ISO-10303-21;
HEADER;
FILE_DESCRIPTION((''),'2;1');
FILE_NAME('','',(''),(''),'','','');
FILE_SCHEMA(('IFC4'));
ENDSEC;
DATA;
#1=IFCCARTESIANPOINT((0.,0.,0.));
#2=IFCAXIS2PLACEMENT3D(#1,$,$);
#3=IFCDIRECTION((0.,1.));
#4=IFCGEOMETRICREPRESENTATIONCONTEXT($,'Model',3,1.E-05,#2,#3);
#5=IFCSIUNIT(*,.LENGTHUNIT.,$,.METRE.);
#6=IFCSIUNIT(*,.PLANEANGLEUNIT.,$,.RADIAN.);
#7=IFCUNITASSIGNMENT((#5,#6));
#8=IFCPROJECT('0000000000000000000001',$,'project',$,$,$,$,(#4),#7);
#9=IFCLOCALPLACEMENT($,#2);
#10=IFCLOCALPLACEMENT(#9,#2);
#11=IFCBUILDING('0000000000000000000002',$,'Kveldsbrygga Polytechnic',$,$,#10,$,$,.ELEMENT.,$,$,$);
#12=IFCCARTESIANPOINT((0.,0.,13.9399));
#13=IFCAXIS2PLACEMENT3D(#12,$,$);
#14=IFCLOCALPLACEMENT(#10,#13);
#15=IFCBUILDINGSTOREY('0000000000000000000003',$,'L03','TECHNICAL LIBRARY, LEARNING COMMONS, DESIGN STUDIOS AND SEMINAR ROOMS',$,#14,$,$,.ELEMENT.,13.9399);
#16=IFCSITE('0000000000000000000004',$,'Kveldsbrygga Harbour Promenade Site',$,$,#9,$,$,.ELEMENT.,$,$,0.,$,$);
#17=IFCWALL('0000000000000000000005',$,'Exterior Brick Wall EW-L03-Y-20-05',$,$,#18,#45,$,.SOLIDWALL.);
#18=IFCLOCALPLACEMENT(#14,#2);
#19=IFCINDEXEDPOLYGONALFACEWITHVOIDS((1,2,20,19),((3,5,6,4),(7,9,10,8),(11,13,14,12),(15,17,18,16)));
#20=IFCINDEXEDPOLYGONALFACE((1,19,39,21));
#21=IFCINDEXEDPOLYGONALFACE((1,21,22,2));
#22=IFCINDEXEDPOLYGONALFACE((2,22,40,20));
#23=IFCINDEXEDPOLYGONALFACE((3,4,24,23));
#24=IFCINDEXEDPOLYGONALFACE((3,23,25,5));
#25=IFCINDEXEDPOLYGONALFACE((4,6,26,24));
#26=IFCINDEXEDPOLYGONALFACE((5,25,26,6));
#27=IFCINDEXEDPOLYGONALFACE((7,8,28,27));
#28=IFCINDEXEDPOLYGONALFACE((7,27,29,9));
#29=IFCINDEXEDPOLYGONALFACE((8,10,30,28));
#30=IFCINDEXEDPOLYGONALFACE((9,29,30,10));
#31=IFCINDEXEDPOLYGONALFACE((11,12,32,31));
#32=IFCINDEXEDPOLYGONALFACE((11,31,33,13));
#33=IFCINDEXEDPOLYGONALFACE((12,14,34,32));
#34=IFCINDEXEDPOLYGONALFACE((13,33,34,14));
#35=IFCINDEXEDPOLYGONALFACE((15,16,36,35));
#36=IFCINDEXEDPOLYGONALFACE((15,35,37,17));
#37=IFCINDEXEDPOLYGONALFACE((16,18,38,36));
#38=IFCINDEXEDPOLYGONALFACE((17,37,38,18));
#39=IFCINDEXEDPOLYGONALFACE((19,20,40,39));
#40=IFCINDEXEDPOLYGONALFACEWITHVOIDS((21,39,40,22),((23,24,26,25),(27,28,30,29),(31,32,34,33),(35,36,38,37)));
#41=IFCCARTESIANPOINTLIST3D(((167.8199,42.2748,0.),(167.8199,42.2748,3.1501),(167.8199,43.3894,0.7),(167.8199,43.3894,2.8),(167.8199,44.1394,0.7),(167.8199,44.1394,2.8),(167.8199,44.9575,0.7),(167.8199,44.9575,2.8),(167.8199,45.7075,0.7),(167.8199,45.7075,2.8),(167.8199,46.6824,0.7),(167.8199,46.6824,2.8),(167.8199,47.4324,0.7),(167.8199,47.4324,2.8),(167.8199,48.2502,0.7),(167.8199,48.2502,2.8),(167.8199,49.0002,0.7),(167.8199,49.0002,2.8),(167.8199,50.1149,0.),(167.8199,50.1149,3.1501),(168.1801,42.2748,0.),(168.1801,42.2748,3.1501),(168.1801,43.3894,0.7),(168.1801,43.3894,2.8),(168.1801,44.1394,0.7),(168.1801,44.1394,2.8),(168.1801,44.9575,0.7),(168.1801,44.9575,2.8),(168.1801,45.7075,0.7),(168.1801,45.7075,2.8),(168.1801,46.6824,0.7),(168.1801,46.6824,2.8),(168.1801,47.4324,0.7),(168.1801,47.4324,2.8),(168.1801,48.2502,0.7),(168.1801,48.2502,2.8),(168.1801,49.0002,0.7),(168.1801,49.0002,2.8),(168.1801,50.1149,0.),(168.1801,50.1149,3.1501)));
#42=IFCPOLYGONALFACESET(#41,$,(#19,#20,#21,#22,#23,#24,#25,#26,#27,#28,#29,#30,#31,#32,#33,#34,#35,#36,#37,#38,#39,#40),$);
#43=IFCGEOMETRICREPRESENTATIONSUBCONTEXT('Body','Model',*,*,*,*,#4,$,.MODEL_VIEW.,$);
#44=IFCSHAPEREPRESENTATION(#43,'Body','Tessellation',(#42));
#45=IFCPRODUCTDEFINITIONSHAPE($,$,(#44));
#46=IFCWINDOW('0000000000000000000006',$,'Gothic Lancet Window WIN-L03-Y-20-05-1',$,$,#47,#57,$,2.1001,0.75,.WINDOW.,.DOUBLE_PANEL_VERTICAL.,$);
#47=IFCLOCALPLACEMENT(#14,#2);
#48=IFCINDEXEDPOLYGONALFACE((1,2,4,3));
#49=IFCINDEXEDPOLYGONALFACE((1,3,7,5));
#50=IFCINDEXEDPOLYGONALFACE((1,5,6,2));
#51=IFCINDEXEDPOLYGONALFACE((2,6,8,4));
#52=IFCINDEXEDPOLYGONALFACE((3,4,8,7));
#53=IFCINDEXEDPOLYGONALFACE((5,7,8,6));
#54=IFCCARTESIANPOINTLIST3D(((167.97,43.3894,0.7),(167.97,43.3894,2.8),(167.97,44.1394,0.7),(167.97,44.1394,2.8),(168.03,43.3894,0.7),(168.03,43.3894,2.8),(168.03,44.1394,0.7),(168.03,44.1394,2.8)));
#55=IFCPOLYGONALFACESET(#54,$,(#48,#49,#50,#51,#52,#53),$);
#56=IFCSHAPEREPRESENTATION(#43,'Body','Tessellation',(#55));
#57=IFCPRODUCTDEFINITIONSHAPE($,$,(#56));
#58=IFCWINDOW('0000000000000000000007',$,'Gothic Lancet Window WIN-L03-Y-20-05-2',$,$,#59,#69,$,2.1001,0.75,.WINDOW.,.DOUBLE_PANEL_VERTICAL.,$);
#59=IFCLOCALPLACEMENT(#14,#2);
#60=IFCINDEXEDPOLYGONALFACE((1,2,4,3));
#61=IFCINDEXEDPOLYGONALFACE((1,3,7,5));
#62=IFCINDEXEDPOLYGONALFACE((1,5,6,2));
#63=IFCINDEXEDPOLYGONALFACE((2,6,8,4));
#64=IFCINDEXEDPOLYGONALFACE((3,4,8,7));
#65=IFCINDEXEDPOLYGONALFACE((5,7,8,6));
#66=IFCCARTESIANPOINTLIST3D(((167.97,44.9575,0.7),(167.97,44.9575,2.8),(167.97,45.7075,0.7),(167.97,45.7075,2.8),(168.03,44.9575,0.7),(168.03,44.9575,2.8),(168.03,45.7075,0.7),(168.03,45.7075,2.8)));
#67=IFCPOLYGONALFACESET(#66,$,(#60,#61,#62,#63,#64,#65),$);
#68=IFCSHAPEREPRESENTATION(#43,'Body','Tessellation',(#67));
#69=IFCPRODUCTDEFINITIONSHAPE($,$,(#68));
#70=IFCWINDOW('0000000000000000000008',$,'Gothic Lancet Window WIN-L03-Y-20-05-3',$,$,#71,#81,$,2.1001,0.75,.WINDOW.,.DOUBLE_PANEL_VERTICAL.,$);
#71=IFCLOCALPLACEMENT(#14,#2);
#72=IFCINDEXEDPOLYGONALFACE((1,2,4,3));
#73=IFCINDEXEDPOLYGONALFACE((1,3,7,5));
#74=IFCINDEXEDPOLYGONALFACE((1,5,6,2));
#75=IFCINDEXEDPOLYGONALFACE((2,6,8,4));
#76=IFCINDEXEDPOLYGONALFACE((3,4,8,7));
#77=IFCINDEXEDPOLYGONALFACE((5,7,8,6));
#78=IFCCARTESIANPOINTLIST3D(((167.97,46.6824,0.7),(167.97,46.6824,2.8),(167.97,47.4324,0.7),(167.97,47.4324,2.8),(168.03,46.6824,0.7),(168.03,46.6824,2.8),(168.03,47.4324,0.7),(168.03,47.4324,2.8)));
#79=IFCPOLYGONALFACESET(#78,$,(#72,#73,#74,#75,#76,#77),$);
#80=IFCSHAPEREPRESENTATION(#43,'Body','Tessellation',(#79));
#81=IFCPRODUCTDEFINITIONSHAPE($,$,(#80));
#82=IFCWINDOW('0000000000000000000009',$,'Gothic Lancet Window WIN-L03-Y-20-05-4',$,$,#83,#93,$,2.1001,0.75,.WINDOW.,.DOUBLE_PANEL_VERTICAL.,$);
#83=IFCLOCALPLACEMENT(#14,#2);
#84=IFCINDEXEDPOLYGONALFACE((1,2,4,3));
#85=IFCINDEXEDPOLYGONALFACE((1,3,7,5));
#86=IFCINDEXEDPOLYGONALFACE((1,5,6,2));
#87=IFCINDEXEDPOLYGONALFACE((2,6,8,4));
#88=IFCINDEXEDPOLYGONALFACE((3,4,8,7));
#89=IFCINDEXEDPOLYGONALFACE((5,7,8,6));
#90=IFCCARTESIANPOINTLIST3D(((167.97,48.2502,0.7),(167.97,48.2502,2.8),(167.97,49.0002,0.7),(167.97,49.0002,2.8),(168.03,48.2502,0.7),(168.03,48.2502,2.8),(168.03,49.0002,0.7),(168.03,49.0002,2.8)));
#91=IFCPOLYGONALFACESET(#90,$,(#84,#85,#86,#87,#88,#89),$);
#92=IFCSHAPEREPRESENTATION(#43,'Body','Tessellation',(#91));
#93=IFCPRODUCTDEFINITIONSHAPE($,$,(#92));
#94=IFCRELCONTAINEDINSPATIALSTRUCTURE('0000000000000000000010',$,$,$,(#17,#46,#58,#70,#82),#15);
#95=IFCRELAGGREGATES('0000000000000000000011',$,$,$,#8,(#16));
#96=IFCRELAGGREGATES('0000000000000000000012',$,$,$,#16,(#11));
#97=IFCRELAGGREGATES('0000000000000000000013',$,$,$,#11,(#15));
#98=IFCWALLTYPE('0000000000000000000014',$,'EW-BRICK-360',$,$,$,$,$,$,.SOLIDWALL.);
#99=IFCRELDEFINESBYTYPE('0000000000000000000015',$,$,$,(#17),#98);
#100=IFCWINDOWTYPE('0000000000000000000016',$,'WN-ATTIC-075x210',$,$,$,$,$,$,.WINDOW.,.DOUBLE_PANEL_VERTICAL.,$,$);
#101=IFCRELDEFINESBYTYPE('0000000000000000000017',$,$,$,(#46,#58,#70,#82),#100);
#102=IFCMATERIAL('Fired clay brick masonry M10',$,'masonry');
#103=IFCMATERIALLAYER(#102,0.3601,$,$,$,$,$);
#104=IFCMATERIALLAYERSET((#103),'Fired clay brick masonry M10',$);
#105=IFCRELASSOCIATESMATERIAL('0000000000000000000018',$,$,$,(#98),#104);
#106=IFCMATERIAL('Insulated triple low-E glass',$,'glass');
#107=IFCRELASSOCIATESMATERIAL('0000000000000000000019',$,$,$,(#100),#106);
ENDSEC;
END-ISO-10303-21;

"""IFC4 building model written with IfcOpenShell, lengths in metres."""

from ifc_helpers import new_model, si_unit, direction, frame, frame_2d, origin, place, context, subcontext, project, spatial, rectangle, extrude, material, layer, layer_set, type_object, element, fill, save


model = new_model("IFC4")

# Units and contexts
model_context = context("Model", 3, precision=1e-05, world=origin(), true_north=direction((0.0, 1.0)))
body_context = subcontext(model_context, "Body", "Model", "MODEL_VIEW")
ifc_project = project(units=[si_unit("LENGTHUNIT", "METRE"), si_unit("PLANEANGLEUNIT", "RADIAN")], contexts=[model_context])

# Site, building, storey
site_placement = place(None, origin())
site = spatial("IfcSite", under=ifc_project, at=site_placement, Name="Kveldsbrygga Harbour Promenade Site", CompositionType="ELEMENT", RefElevation=0.0)
building_placement = place(site_placement, origin())
building = spatial("IfcBuilding", under=site, at=building_placement, Name="Kveldsbrygga Polytechnic", CompositionType="ELEMENT")
storey_placement = place(building_placement, frame((0.0, 0.0, 13.9399)))
storey = spatial("IfcBuildingStorey", under=building, at=storey_placement, Name="L03", Description="TECHNICAL LIBRARY, LEARNING COMMONS, DESIGN STUDIOS AND SEMINAR ROOMS", CompositionType="ELEMENT", Elevation=13.9399)

# Wall, openings, windows
ifc_material_1 = material(Name="Fired clay brick masonry M10", Category="masonry")
ifc_layer_1 = layer(ifc_material_1, 0.3601)
ifc_layer_set_1 = layer_set([ifc_layer_1], Name="Fired clay brick masonry M10")
wall_type_1 = type_object("IfcWallType", Name="EW-BRICK-360", PredefinedType="SOLIDWALL", material=ifc_layer_set_1)
wall_1_placement = place(storey_placement, frame((168.0, 42.2749, 0.0), z_axis=(0.0, 0.0, 1.0), x_axis=(0.0, 1.0, 0.0)))
wall_1 = element("IfcWall", 1, at=wall_1_placement, inside=storey, type_object=wall_type_1, Name="Exterior Brick Wall EW-L03-Y-20-05", PredefinedType="SOLIDWALL", context=body_context, shape_type="SweptSolid", body=[
    extrude(rectangle(XDim=7.8401, YDim=0.3601, at=frame_2d((3.9199, 0.0))), origin(), (0.0, 0.0, 1.0), 3.1501),
])
opening_1_placement = place(wall_1_placement, frame((1.1145, 0.0, 0.7)))
opening_1 = element("IfcOpeningElement", 2, at=opening_1_placement, cuts=wall_1, PredefinedType="OPENING", context=body_context, shape_type="SweptSolid", body=[
    extrude(rectangle(XDim=0.75, YDim=2.1001, at=frame_2d((0.375, 1.05))), frame((0.0, 0.1899, 0.0), z_axis=(0.0, -1.0, 0.0), x_axis=(1.0, 0.0, 0.0)), (0.0, 0.0, 1.0), 0.3801),
])
opening_2_placement = place(wall_1_placement, frame((2.6826, 0.0, 0.7)))
opening_2 = element("IfcOpeningElement", 3, at=opening_2_placement, cuts=wall_1, PredefinedType="OPENING", context=body_context, shape_type="SweptSolid", body=[
    extrude(rectangle(XDim=0.75, YDim=2.1001, at=frame_2d((0.375, 1.05))), frame((0.0, 0.1899, 0.0), z_axis=(0.0, -1.0, 0.0), x_axis=(1.0, 0.0, 0.0)), (0.0, 0.0, 1.0), 0.3801),
])
opening_3_placement = place(wall_1_placement, frame((4.4075, 0.0, 0.7)))
opening_3 = element("IfcOpeningElement", 4, at=opening_3_placement, cuts=wall_1, PredefinedType="OPENING", context=body_context, shape_type="SweptSolid", body=[
    extrude(rectangle(XDim=0.75, YDim=2.1001, at=frame_2d((0.375, 1.05))), frame((0.0, 0.1899, 0.0), z_axis=(0.0, -1.0, 0.0), x_axis=(1.0, 0.0, 0.0)), (0.0, 0.0, 1.0), 0.3801),
])
opening_4_placement = place(wall_1_placement, frame((5.9753, 0.0, 0.7)))
opening_4 = element("IfcOpeningElement", 5, at=opening_4_placement, cuts=wall_1, PredefinedType="OPENING", context=body_context, shape_type="SweptSolid", body=[
    extrude(rectangle(XDim=0.75, YDim=2.1001, at=frame_2d((0.375, 1.05))), frame((0.0, 0.1899, 0.0), z_axis=(0.0, -1.0, 0.0), x_axis=(1.0, 0.0, 0.0)), (0.0, 0.0, 1.0), 0.3801),
])
ifc_material_2 = material(Name="Insulated triple low-E glass", Category="glass")
window_type = type_object("IfcWindowType", Name="WN-ATTIC-075x210", PartitioningType="DOUBLE_PANEL_VERTICAL", PredefinedType="WINDOW", material=ifc_material_2)
window_1_placement = place(opening_1_placement, origin())
window_1 = element("IfcWindow", 6, at=window_1_placement, inside=storey, type_object=window_type, Name="Gothic Lancet Window WIN-L03-Y-20-05-1", OverallHeight=2.1001, OverallWidth=0.75, PartitioningType="DOUBLE_PANEL_VERTICAL", PredefinedType="WINDOW", context=body_context, shape_type="SweptSolid", body=[
    extrude(rectangle(XDim=0.75, YDim=2.1001, at=frame_2d((0.375, 1.05))), frame((0.0, 0.03, 0.0), z_axis=(0.0, -1.0, 0.0), x_axis=(1.0, 0.0, 0.0)), (0.0, 0.0, 1.0), 0.0601),
])
fill(opening_1, window_1)
window_2_placement = place(opening_2_placement, origin())
window_2 = element("IfcWindow", 7, at=window_2_placement, inside=storey, type_object=window_type, Name="Gothic Lancet Window WIN-L03-Y-20-05-2", OverallHeight=2.1001, OverallWidth=0.75, PartitioningType="DOUBLE_PANEL_VERTICAL", PredefinedType="WINDOW", context=body_context, shape_type="SweptSolid", body=[
    extrude(rectangle(XDim=0.75, YDim=2.1001, at=frame_2d((0.375, 1.05))), frame((0.0, 0.03, 0.0), z_axis=(0.0, -1.0, 0.0), x_axis=(1.0, 0.0, 0.0)), (0.0, 0.0, 1.0), 0.0601),
])
fill(opening_2, window_2)
window_3_placement = place(opening_3_placement, origin())
window_3 = element("IfcWindow", 8, at=window_3_placement, inside=storey, type_object=window_type, Name="Gothic Lancet Window WIN-L03-Y-20-05-3", OverallHeight=2.1001, OverallWidth=0.75, PartitioningType="DOUBLE_PANEL_VERTICAL", PredefinedType="WINDOW", context=body_context, shape_type="SweptSolid", body=[
    extrude(rectangle(XDim=0.75, YDim=2.1001, at=frame_2d((0.375, 1.05))), frame((0.0, 0.03, 0.0), z_axis=(0.0, -1.0, 0.0), x_axis=(1.0, 0.0, 0.0)), (0.0, 0.0, 1.0), 0.0601),
])
fill(opening_3, window_3)
window_4_placement = place(opening_4_placement, origin())
window_4 = element("IfcWindow", 9, at=window_4_placement, inside=storey, type_object=window_type, Name="Gothic Lancet Window WIN-L03-Y-20-05-4", OverallHeight=2.1001, OverallWidth=0.75, PartitioningType="DOUBLE_PANEL_VERTICAL", PredefinedType="WINDOW", context=body_context, shape_type="SweptSolid", body=[
    extrude(rectangle(XDim=0.75, YDim=2.1001, at=frame_2d((0.375, 1.05))), frame((0.0, 0.03, 0.0), z_axis=(0.0, -1.0, 0.0), x_axis=(1.0, 0.0, 0.0)), (0.0, 0.0, 1.0), 0.0601),
])
fill(opening_4, window_4)

save(model, "model.ifc")
